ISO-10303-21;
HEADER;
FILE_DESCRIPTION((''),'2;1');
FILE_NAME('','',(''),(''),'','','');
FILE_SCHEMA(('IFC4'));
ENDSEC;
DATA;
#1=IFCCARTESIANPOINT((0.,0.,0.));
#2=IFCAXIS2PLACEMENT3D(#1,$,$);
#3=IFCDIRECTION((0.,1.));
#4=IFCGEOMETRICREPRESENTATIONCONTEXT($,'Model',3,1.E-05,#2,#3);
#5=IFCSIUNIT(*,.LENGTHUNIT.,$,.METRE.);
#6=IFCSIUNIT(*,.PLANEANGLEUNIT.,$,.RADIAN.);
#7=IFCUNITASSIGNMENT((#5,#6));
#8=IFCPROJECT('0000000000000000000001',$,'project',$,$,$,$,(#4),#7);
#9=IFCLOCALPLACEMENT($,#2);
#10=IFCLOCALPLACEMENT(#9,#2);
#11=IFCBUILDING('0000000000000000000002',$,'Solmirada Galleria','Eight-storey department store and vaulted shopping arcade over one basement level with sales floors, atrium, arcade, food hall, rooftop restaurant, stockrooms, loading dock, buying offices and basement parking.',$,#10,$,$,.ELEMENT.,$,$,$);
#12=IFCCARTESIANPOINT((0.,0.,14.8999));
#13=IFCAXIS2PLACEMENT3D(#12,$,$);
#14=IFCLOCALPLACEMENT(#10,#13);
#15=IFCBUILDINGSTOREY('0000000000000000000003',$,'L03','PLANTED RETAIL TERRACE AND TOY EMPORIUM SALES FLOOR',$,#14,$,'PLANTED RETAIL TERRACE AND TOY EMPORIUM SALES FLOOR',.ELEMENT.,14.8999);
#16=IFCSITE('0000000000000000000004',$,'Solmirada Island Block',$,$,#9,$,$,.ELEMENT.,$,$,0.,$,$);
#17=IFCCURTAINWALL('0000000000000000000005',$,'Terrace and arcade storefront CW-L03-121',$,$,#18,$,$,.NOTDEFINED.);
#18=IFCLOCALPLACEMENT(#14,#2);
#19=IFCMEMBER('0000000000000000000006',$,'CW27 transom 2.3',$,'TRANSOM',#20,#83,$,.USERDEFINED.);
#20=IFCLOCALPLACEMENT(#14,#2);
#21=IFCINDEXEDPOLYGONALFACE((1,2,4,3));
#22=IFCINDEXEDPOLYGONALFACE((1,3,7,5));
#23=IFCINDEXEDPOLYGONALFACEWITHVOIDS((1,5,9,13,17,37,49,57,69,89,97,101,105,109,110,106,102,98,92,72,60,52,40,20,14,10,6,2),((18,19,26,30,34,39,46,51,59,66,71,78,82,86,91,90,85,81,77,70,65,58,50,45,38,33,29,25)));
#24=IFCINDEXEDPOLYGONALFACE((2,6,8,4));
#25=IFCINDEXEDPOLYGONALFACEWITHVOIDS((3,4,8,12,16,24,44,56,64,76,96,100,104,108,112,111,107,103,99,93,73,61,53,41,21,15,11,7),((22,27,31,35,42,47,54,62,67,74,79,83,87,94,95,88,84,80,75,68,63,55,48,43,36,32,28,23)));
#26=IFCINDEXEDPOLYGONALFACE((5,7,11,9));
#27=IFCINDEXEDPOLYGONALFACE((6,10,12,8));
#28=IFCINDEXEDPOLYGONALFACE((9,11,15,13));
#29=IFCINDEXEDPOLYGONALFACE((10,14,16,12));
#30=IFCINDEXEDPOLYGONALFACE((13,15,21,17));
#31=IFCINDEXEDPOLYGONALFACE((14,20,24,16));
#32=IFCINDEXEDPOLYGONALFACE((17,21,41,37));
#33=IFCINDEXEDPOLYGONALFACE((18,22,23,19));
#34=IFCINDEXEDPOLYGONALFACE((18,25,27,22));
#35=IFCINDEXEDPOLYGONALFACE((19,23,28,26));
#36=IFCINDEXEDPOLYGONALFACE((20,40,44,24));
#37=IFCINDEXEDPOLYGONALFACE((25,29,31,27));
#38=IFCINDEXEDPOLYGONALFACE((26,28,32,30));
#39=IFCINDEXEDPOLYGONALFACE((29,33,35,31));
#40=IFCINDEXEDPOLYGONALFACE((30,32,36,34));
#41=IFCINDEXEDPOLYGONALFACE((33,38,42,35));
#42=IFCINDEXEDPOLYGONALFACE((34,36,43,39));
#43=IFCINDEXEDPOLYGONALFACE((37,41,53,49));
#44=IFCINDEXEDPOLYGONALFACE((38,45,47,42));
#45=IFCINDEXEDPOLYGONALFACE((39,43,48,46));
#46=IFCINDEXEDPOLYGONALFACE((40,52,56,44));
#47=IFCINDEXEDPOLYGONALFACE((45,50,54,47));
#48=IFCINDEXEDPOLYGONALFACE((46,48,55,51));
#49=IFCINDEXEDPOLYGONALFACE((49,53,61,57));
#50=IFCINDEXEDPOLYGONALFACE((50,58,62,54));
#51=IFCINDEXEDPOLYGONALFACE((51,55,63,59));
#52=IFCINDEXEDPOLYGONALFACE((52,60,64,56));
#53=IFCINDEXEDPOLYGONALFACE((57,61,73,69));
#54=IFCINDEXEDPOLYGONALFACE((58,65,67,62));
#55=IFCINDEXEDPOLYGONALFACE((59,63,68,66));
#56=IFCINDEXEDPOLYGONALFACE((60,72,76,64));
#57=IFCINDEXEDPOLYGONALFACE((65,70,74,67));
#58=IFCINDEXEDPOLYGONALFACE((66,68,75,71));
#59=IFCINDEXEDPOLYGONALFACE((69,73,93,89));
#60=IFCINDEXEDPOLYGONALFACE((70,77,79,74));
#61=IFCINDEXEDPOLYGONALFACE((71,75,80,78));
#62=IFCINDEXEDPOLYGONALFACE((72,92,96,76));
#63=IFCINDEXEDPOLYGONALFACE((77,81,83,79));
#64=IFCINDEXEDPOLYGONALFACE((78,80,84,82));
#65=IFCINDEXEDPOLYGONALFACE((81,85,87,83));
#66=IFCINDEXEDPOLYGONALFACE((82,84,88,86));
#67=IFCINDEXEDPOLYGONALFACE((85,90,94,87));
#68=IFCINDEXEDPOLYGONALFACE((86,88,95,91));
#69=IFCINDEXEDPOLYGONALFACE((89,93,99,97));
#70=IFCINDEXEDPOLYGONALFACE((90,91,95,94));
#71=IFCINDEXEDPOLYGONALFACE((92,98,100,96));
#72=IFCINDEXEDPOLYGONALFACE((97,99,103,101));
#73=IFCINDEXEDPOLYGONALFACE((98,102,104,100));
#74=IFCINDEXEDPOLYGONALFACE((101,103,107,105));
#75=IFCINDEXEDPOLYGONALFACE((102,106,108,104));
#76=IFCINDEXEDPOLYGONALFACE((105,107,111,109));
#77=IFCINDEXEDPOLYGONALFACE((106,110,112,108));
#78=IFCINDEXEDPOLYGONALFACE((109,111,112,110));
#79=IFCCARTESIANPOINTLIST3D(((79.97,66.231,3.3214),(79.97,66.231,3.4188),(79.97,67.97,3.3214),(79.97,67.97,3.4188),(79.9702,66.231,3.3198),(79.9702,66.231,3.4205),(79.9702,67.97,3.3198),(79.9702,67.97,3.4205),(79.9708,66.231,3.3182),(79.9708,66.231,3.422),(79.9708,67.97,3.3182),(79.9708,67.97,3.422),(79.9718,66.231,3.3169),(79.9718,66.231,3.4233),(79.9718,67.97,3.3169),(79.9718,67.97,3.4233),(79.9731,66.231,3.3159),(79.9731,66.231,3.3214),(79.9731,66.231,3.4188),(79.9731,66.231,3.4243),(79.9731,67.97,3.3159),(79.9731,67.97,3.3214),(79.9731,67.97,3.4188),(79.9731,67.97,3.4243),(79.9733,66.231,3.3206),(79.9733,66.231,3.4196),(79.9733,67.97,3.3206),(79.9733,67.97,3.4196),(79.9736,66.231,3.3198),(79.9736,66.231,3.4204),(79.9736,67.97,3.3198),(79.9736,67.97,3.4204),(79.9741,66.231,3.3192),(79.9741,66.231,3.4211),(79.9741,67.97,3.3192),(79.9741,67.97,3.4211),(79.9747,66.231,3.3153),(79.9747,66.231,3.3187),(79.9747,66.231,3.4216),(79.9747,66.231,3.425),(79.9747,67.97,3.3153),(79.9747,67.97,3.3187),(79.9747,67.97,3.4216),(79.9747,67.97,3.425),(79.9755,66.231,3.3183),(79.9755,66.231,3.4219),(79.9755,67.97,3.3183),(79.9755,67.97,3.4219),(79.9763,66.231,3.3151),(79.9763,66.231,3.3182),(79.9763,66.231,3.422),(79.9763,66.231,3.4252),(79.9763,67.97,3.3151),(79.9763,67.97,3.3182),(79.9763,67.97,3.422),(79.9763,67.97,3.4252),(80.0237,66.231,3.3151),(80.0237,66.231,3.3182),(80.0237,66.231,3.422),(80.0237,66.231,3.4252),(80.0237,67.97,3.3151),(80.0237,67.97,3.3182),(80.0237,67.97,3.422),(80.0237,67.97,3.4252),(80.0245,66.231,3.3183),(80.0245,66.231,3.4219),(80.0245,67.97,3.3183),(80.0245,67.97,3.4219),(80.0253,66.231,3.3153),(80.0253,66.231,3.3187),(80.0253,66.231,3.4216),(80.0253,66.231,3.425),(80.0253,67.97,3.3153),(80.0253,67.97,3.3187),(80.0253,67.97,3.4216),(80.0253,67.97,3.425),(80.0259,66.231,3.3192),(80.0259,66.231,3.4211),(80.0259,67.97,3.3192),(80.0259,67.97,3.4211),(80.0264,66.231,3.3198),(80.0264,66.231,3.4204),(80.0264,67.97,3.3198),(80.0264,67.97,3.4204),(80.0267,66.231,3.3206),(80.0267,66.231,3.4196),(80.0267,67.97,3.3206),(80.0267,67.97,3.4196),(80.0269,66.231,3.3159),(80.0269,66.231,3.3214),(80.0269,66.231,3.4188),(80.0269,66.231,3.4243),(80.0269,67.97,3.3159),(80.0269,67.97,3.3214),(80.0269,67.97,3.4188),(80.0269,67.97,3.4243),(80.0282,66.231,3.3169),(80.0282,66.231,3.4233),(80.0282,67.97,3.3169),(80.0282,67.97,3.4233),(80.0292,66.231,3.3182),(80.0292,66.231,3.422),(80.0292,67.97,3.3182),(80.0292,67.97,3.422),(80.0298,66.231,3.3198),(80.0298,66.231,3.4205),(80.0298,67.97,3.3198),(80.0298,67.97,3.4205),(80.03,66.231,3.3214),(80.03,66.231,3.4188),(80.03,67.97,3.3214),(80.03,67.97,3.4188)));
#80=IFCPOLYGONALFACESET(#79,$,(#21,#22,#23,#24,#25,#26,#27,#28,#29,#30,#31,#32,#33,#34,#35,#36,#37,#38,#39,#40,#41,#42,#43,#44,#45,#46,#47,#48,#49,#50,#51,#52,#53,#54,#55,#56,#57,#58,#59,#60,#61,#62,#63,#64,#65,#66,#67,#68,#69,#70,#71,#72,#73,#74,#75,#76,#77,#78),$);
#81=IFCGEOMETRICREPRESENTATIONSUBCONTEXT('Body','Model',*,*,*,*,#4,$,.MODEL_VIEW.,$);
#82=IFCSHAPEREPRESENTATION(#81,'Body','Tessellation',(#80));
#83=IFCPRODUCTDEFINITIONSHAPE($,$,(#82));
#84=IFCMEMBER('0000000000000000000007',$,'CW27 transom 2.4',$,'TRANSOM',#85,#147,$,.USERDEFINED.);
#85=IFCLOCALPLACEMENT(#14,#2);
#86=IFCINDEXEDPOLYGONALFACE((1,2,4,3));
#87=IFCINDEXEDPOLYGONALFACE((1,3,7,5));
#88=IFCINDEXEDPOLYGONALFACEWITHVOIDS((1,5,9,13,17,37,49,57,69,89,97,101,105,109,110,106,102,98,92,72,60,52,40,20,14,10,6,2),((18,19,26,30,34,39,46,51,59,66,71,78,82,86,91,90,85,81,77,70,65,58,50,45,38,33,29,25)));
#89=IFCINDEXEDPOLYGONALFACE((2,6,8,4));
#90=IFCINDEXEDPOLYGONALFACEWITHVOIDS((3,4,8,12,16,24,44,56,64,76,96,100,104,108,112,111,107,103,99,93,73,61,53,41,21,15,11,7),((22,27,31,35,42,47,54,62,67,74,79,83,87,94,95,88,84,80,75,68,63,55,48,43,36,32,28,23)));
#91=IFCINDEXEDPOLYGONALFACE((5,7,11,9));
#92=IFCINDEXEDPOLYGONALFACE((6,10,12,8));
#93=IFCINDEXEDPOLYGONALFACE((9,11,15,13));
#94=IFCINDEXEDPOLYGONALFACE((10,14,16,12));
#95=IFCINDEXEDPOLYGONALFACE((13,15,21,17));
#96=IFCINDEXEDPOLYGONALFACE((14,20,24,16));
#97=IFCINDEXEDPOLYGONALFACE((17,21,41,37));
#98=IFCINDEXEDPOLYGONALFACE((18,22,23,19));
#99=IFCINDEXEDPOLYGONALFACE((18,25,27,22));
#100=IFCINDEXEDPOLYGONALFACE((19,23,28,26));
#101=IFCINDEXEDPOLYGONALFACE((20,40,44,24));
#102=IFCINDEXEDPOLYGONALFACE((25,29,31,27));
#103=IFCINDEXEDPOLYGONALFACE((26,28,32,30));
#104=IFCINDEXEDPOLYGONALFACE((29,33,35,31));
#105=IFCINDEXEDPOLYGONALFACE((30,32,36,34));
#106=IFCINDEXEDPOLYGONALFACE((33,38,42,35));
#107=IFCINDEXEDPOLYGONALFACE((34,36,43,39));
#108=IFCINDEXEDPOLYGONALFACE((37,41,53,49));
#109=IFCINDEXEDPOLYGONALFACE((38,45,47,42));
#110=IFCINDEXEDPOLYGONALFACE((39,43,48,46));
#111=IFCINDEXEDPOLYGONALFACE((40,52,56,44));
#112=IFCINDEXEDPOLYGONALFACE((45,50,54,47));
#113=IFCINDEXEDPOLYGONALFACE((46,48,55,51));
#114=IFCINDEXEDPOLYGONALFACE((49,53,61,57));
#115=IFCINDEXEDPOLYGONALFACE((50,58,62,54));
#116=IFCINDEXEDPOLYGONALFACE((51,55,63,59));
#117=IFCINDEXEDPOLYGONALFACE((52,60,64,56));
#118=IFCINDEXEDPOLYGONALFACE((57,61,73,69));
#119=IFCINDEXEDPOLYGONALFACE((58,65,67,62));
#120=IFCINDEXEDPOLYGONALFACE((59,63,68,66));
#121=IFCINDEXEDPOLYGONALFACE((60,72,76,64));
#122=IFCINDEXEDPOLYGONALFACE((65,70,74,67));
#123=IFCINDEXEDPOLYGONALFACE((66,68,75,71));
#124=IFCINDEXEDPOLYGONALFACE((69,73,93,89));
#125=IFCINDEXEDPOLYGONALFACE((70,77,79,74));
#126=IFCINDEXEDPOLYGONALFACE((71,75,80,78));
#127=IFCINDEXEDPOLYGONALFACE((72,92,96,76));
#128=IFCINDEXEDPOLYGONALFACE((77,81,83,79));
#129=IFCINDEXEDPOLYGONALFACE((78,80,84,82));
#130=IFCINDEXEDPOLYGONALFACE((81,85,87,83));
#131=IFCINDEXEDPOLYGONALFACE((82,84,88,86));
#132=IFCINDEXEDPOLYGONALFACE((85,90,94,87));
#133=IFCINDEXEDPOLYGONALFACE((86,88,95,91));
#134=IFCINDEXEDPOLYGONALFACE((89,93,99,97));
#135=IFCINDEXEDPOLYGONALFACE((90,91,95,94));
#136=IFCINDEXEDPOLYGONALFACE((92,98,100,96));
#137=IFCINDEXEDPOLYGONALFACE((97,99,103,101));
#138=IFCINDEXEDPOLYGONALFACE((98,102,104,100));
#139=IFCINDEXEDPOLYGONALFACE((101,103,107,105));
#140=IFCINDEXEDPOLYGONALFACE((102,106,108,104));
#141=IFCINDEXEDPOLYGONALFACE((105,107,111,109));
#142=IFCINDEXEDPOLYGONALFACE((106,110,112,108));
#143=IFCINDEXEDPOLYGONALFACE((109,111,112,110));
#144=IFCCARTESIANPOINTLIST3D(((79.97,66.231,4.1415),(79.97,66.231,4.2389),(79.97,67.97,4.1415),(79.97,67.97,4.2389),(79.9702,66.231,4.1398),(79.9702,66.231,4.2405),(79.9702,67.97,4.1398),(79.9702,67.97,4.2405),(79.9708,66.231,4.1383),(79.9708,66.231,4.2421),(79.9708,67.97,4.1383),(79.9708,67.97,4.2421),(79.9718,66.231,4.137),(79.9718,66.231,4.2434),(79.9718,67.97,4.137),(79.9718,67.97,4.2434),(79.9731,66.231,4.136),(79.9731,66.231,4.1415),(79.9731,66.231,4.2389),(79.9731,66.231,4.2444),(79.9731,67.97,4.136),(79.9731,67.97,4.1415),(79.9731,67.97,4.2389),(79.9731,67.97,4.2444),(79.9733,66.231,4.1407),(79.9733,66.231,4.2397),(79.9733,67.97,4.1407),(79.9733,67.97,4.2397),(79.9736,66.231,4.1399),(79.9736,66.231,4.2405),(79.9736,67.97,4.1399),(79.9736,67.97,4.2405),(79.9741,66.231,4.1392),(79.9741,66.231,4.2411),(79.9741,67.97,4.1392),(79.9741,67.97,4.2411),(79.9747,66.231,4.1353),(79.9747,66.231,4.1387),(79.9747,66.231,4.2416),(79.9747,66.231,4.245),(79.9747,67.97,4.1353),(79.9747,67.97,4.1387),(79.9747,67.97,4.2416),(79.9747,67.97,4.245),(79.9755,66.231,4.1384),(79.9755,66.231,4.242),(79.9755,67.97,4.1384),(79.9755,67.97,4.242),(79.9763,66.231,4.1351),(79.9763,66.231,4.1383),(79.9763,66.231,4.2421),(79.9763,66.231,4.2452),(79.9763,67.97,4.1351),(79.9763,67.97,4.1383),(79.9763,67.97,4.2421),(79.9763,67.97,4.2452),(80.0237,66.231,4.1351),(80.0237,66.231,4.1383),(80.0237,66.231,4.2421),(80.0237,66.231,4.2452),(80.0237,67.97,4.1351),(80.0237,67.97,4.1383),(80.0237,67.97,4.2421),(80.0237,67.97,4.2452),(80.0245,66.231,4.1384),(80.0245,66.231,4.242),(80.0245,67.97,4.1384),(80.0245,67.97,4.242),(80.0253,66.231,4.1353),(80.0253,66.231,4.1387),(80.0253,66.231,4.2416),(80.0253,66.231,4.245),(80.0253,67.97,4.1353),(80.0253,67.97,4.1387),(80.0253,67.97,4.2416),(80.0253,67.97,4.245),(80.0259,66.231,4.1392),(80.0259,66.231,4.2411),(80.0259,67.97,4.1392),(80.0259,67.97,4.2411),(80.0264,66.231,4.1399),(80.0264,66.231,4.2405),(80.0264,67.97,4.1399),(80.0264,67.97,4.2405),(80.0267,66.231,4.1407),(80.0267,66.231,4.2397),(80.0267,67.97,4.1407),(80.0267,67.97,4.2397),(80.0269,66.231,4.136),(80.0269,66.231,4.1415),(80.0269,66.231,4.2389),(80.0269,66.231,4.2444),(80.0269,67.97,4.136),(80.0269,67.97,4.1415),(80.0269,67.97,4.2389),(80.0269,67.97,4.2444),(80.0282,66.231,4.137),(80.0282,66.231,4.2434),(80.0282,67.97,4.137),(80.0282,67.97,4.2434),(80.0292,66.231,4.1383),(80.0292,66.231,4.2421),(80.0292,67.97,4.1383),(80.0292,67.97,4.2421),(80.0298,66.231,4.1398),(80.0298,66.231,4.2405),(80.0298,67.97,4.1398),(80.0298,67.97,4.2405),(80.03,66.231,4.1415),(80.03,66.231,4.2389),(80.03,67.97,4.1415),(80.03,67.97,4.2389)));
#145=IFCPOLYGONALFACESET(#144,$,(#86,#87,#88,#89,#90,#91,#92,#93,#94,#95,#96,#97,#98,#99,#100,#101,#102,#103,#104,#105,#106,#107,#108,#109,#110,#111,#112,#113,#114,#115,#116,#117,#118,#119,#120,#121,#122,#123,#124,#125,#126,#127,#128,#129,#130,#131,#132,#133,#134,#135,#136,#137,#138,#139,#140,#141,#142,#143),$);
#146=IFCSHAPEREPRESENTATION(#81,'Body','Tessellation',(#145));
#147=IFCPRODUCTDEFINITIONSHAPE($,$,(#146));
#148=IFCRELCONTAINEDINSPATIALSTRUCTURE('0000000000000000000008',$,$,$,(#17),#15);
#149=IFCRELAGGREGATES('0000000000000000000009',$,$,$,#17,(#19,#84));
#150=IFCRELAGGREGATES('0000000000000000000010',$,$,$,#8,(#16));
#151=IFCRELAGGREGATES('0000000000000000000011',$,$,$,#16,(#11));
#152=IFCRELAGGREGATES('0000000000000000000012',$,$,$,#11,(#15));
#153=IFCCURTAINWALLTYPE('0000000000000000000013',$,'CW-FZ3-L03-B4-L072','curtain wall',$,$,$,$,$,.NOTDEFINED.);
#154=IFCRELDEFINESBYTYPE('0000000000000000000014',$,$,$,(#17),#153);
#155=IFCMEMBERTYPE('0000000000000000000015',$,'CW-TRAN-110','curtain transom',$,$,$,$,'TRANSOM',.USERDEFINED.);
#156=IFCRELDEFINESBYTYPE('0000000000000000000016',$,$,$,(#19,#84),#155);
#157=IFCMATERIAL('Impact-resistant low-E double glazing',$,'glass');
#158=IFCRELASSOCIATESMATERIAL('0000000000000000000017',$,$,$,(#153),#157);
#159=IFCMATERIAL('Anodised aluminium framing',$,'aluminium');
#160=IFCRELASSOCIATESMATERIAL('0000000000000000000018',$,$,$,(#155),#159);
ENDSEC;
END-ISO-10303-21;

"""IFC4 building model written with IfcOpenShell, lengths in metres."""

from ifc_helpers import new_model, si_unit, direction, frame, origin, origin_2d, place, context, subcontext, project, spatial, hollow_rectangle, extrude, material, material_profile, profile_set, type_object, element, aggregate, save


model = new_model("IFC4")

# Units and contexts
model_context = context("Model", 3, precision=1e-05, world=origin(), true_north=direction((0.0, 1.0)))
body_context = subcontext(model_context, "Body", "Model", "MODEL_VIEW")
ifc_project = project(units=[si_unit("LENGTHUNIT", "METRE"), si_unit("PLANEANGLEUNIT", "RADIAN")], contexts=[model_context])

# Site, building, storey
site_placement = place(None, origin())
site = spatial("IfcSite", under=ifc_project, at=site_placement, Name="Solmirada Island Block", CompositionType="ELEMENT", RefElevation=0.0)
building_placement = place(site_placement, origin())
building = spatial("IfcBuilding", under=site, at=building_placement, Name="Solmirada Galleria", Description="Eight-storey department store and vaulted shopping arcade over one basement level with sales floors, atrium, arcade, food hall, rooftop restaurant, stockrooms, loading dock, buying offices and basement parking.", CompositionType="ELEMENT")
storey_placement = place(building_placement, frame((0.0, 0.0, 14.8999)))
storey = spatial("IfcBuildingStorey", under=building, at=storey_placement, Name="L03", Description="PLANTED RETAIL TERRACE AND TOY EMPORIUM SALES FLOOR", LongName="PLANTED RETAIL TERRACE AND TOY EMPORIUM SALES FLOOR", CompositionType="ELEMENT", Elevation=14.8999)

# Curtain wall, members
ifc_material_1 = material(Name="Impact-resistant low-E double glazing", Category="glass")
curtain_wall_type = type_object("IfcCurtainWallType", Name="CW-FZ3-L03-B4-L072", Description="curtain wall", PredefinedType="NOTDEFINED", material=ifc_material_1)
curtain_wall_placement = place(storey_placement, origin())
curtain_wall = element("IfcCurtainWall", 1, at=curtain_wall_placement, inside=storey, type_object=curtain_wall_type, Name="Terrace and arcade storefront CW-L03-121", PredefinedType="NOTDEFINED")
ifc_material_2 = material(Name="Anodised aluminium framing", Category="aluminium")
ifc_material_profile_1 = material_profile(ifc_material_2, hollow_rectangle(XDim=0.0601, YDim=0.1101, WallThickness=0.0032, InnerFilletRadius=0.0032, OuterFilletRadius=0.0063, at=origin_2d()), Name="ALU-TRAN-110X60")
ifc_profile_set_1 = profile_set([ifc_material_profile_1], Name="Anodised aluminium framing")
member_type_1 = type_object("IfcMemberType", Name="CW-TRAN-110", Description="curtain transom", ElementType="TRANSOM", PredefinedType="USERDEFINED", material=ifc_profile_set_1)
member_1_placement = place(storey_placement, frame((80.0, 66.231, 3.3701), z_axis=(0.0, 1.0, 0.0), x_axis=(-1.0, 0.0, 0.0)))
member_1 = element("IfcMember", 2, at=member_1_placement, type_object=member_type_1, Name="CW27 transom 2.3", ObjectType="TRANSOM", PredefinedType="USERDEFINED", context=body_context, shape_type="SweptSolid", body=[
    extrude(hollow_rectangle(XDim=0.0601, YDim=0.1101, WallThickness=0.0032, InnerFilletRadius=0.0032, OuterFilletRadius=0.0063, at=origin_2d()), origin(), (0.0, 0.0, 1.0), 1.739),
])
member_2_placement = place(storey_placement, frame((80.0, 66.231, 4.1902), z_axis=(0.0, 1.0, 0.0), x_axis=(-1.0, 0.0, 0.0)))
member_2 = element("IfcMember", 3, at=member_2_placement, type_object=member_type_1, Name="CW27 transom 2.4", ObjectType="TRANSOM", PredefinedType="USERDEFINED", context=body_context, shape_type="SweptSolid", body=[
    extrude(hollow_rectangle(XDim=0.0601, YDim=0.1101, WallThickness=0.0032, InnerFilletRadius=0.0032, OuterFilletRadius=0.0063, at=origin_2d()), origin(), (0.0, 0.0, 1.0), 1.739),
])
aggregate(curtain_wall, [member_1, member_2])

save(model, "model.ifc")
